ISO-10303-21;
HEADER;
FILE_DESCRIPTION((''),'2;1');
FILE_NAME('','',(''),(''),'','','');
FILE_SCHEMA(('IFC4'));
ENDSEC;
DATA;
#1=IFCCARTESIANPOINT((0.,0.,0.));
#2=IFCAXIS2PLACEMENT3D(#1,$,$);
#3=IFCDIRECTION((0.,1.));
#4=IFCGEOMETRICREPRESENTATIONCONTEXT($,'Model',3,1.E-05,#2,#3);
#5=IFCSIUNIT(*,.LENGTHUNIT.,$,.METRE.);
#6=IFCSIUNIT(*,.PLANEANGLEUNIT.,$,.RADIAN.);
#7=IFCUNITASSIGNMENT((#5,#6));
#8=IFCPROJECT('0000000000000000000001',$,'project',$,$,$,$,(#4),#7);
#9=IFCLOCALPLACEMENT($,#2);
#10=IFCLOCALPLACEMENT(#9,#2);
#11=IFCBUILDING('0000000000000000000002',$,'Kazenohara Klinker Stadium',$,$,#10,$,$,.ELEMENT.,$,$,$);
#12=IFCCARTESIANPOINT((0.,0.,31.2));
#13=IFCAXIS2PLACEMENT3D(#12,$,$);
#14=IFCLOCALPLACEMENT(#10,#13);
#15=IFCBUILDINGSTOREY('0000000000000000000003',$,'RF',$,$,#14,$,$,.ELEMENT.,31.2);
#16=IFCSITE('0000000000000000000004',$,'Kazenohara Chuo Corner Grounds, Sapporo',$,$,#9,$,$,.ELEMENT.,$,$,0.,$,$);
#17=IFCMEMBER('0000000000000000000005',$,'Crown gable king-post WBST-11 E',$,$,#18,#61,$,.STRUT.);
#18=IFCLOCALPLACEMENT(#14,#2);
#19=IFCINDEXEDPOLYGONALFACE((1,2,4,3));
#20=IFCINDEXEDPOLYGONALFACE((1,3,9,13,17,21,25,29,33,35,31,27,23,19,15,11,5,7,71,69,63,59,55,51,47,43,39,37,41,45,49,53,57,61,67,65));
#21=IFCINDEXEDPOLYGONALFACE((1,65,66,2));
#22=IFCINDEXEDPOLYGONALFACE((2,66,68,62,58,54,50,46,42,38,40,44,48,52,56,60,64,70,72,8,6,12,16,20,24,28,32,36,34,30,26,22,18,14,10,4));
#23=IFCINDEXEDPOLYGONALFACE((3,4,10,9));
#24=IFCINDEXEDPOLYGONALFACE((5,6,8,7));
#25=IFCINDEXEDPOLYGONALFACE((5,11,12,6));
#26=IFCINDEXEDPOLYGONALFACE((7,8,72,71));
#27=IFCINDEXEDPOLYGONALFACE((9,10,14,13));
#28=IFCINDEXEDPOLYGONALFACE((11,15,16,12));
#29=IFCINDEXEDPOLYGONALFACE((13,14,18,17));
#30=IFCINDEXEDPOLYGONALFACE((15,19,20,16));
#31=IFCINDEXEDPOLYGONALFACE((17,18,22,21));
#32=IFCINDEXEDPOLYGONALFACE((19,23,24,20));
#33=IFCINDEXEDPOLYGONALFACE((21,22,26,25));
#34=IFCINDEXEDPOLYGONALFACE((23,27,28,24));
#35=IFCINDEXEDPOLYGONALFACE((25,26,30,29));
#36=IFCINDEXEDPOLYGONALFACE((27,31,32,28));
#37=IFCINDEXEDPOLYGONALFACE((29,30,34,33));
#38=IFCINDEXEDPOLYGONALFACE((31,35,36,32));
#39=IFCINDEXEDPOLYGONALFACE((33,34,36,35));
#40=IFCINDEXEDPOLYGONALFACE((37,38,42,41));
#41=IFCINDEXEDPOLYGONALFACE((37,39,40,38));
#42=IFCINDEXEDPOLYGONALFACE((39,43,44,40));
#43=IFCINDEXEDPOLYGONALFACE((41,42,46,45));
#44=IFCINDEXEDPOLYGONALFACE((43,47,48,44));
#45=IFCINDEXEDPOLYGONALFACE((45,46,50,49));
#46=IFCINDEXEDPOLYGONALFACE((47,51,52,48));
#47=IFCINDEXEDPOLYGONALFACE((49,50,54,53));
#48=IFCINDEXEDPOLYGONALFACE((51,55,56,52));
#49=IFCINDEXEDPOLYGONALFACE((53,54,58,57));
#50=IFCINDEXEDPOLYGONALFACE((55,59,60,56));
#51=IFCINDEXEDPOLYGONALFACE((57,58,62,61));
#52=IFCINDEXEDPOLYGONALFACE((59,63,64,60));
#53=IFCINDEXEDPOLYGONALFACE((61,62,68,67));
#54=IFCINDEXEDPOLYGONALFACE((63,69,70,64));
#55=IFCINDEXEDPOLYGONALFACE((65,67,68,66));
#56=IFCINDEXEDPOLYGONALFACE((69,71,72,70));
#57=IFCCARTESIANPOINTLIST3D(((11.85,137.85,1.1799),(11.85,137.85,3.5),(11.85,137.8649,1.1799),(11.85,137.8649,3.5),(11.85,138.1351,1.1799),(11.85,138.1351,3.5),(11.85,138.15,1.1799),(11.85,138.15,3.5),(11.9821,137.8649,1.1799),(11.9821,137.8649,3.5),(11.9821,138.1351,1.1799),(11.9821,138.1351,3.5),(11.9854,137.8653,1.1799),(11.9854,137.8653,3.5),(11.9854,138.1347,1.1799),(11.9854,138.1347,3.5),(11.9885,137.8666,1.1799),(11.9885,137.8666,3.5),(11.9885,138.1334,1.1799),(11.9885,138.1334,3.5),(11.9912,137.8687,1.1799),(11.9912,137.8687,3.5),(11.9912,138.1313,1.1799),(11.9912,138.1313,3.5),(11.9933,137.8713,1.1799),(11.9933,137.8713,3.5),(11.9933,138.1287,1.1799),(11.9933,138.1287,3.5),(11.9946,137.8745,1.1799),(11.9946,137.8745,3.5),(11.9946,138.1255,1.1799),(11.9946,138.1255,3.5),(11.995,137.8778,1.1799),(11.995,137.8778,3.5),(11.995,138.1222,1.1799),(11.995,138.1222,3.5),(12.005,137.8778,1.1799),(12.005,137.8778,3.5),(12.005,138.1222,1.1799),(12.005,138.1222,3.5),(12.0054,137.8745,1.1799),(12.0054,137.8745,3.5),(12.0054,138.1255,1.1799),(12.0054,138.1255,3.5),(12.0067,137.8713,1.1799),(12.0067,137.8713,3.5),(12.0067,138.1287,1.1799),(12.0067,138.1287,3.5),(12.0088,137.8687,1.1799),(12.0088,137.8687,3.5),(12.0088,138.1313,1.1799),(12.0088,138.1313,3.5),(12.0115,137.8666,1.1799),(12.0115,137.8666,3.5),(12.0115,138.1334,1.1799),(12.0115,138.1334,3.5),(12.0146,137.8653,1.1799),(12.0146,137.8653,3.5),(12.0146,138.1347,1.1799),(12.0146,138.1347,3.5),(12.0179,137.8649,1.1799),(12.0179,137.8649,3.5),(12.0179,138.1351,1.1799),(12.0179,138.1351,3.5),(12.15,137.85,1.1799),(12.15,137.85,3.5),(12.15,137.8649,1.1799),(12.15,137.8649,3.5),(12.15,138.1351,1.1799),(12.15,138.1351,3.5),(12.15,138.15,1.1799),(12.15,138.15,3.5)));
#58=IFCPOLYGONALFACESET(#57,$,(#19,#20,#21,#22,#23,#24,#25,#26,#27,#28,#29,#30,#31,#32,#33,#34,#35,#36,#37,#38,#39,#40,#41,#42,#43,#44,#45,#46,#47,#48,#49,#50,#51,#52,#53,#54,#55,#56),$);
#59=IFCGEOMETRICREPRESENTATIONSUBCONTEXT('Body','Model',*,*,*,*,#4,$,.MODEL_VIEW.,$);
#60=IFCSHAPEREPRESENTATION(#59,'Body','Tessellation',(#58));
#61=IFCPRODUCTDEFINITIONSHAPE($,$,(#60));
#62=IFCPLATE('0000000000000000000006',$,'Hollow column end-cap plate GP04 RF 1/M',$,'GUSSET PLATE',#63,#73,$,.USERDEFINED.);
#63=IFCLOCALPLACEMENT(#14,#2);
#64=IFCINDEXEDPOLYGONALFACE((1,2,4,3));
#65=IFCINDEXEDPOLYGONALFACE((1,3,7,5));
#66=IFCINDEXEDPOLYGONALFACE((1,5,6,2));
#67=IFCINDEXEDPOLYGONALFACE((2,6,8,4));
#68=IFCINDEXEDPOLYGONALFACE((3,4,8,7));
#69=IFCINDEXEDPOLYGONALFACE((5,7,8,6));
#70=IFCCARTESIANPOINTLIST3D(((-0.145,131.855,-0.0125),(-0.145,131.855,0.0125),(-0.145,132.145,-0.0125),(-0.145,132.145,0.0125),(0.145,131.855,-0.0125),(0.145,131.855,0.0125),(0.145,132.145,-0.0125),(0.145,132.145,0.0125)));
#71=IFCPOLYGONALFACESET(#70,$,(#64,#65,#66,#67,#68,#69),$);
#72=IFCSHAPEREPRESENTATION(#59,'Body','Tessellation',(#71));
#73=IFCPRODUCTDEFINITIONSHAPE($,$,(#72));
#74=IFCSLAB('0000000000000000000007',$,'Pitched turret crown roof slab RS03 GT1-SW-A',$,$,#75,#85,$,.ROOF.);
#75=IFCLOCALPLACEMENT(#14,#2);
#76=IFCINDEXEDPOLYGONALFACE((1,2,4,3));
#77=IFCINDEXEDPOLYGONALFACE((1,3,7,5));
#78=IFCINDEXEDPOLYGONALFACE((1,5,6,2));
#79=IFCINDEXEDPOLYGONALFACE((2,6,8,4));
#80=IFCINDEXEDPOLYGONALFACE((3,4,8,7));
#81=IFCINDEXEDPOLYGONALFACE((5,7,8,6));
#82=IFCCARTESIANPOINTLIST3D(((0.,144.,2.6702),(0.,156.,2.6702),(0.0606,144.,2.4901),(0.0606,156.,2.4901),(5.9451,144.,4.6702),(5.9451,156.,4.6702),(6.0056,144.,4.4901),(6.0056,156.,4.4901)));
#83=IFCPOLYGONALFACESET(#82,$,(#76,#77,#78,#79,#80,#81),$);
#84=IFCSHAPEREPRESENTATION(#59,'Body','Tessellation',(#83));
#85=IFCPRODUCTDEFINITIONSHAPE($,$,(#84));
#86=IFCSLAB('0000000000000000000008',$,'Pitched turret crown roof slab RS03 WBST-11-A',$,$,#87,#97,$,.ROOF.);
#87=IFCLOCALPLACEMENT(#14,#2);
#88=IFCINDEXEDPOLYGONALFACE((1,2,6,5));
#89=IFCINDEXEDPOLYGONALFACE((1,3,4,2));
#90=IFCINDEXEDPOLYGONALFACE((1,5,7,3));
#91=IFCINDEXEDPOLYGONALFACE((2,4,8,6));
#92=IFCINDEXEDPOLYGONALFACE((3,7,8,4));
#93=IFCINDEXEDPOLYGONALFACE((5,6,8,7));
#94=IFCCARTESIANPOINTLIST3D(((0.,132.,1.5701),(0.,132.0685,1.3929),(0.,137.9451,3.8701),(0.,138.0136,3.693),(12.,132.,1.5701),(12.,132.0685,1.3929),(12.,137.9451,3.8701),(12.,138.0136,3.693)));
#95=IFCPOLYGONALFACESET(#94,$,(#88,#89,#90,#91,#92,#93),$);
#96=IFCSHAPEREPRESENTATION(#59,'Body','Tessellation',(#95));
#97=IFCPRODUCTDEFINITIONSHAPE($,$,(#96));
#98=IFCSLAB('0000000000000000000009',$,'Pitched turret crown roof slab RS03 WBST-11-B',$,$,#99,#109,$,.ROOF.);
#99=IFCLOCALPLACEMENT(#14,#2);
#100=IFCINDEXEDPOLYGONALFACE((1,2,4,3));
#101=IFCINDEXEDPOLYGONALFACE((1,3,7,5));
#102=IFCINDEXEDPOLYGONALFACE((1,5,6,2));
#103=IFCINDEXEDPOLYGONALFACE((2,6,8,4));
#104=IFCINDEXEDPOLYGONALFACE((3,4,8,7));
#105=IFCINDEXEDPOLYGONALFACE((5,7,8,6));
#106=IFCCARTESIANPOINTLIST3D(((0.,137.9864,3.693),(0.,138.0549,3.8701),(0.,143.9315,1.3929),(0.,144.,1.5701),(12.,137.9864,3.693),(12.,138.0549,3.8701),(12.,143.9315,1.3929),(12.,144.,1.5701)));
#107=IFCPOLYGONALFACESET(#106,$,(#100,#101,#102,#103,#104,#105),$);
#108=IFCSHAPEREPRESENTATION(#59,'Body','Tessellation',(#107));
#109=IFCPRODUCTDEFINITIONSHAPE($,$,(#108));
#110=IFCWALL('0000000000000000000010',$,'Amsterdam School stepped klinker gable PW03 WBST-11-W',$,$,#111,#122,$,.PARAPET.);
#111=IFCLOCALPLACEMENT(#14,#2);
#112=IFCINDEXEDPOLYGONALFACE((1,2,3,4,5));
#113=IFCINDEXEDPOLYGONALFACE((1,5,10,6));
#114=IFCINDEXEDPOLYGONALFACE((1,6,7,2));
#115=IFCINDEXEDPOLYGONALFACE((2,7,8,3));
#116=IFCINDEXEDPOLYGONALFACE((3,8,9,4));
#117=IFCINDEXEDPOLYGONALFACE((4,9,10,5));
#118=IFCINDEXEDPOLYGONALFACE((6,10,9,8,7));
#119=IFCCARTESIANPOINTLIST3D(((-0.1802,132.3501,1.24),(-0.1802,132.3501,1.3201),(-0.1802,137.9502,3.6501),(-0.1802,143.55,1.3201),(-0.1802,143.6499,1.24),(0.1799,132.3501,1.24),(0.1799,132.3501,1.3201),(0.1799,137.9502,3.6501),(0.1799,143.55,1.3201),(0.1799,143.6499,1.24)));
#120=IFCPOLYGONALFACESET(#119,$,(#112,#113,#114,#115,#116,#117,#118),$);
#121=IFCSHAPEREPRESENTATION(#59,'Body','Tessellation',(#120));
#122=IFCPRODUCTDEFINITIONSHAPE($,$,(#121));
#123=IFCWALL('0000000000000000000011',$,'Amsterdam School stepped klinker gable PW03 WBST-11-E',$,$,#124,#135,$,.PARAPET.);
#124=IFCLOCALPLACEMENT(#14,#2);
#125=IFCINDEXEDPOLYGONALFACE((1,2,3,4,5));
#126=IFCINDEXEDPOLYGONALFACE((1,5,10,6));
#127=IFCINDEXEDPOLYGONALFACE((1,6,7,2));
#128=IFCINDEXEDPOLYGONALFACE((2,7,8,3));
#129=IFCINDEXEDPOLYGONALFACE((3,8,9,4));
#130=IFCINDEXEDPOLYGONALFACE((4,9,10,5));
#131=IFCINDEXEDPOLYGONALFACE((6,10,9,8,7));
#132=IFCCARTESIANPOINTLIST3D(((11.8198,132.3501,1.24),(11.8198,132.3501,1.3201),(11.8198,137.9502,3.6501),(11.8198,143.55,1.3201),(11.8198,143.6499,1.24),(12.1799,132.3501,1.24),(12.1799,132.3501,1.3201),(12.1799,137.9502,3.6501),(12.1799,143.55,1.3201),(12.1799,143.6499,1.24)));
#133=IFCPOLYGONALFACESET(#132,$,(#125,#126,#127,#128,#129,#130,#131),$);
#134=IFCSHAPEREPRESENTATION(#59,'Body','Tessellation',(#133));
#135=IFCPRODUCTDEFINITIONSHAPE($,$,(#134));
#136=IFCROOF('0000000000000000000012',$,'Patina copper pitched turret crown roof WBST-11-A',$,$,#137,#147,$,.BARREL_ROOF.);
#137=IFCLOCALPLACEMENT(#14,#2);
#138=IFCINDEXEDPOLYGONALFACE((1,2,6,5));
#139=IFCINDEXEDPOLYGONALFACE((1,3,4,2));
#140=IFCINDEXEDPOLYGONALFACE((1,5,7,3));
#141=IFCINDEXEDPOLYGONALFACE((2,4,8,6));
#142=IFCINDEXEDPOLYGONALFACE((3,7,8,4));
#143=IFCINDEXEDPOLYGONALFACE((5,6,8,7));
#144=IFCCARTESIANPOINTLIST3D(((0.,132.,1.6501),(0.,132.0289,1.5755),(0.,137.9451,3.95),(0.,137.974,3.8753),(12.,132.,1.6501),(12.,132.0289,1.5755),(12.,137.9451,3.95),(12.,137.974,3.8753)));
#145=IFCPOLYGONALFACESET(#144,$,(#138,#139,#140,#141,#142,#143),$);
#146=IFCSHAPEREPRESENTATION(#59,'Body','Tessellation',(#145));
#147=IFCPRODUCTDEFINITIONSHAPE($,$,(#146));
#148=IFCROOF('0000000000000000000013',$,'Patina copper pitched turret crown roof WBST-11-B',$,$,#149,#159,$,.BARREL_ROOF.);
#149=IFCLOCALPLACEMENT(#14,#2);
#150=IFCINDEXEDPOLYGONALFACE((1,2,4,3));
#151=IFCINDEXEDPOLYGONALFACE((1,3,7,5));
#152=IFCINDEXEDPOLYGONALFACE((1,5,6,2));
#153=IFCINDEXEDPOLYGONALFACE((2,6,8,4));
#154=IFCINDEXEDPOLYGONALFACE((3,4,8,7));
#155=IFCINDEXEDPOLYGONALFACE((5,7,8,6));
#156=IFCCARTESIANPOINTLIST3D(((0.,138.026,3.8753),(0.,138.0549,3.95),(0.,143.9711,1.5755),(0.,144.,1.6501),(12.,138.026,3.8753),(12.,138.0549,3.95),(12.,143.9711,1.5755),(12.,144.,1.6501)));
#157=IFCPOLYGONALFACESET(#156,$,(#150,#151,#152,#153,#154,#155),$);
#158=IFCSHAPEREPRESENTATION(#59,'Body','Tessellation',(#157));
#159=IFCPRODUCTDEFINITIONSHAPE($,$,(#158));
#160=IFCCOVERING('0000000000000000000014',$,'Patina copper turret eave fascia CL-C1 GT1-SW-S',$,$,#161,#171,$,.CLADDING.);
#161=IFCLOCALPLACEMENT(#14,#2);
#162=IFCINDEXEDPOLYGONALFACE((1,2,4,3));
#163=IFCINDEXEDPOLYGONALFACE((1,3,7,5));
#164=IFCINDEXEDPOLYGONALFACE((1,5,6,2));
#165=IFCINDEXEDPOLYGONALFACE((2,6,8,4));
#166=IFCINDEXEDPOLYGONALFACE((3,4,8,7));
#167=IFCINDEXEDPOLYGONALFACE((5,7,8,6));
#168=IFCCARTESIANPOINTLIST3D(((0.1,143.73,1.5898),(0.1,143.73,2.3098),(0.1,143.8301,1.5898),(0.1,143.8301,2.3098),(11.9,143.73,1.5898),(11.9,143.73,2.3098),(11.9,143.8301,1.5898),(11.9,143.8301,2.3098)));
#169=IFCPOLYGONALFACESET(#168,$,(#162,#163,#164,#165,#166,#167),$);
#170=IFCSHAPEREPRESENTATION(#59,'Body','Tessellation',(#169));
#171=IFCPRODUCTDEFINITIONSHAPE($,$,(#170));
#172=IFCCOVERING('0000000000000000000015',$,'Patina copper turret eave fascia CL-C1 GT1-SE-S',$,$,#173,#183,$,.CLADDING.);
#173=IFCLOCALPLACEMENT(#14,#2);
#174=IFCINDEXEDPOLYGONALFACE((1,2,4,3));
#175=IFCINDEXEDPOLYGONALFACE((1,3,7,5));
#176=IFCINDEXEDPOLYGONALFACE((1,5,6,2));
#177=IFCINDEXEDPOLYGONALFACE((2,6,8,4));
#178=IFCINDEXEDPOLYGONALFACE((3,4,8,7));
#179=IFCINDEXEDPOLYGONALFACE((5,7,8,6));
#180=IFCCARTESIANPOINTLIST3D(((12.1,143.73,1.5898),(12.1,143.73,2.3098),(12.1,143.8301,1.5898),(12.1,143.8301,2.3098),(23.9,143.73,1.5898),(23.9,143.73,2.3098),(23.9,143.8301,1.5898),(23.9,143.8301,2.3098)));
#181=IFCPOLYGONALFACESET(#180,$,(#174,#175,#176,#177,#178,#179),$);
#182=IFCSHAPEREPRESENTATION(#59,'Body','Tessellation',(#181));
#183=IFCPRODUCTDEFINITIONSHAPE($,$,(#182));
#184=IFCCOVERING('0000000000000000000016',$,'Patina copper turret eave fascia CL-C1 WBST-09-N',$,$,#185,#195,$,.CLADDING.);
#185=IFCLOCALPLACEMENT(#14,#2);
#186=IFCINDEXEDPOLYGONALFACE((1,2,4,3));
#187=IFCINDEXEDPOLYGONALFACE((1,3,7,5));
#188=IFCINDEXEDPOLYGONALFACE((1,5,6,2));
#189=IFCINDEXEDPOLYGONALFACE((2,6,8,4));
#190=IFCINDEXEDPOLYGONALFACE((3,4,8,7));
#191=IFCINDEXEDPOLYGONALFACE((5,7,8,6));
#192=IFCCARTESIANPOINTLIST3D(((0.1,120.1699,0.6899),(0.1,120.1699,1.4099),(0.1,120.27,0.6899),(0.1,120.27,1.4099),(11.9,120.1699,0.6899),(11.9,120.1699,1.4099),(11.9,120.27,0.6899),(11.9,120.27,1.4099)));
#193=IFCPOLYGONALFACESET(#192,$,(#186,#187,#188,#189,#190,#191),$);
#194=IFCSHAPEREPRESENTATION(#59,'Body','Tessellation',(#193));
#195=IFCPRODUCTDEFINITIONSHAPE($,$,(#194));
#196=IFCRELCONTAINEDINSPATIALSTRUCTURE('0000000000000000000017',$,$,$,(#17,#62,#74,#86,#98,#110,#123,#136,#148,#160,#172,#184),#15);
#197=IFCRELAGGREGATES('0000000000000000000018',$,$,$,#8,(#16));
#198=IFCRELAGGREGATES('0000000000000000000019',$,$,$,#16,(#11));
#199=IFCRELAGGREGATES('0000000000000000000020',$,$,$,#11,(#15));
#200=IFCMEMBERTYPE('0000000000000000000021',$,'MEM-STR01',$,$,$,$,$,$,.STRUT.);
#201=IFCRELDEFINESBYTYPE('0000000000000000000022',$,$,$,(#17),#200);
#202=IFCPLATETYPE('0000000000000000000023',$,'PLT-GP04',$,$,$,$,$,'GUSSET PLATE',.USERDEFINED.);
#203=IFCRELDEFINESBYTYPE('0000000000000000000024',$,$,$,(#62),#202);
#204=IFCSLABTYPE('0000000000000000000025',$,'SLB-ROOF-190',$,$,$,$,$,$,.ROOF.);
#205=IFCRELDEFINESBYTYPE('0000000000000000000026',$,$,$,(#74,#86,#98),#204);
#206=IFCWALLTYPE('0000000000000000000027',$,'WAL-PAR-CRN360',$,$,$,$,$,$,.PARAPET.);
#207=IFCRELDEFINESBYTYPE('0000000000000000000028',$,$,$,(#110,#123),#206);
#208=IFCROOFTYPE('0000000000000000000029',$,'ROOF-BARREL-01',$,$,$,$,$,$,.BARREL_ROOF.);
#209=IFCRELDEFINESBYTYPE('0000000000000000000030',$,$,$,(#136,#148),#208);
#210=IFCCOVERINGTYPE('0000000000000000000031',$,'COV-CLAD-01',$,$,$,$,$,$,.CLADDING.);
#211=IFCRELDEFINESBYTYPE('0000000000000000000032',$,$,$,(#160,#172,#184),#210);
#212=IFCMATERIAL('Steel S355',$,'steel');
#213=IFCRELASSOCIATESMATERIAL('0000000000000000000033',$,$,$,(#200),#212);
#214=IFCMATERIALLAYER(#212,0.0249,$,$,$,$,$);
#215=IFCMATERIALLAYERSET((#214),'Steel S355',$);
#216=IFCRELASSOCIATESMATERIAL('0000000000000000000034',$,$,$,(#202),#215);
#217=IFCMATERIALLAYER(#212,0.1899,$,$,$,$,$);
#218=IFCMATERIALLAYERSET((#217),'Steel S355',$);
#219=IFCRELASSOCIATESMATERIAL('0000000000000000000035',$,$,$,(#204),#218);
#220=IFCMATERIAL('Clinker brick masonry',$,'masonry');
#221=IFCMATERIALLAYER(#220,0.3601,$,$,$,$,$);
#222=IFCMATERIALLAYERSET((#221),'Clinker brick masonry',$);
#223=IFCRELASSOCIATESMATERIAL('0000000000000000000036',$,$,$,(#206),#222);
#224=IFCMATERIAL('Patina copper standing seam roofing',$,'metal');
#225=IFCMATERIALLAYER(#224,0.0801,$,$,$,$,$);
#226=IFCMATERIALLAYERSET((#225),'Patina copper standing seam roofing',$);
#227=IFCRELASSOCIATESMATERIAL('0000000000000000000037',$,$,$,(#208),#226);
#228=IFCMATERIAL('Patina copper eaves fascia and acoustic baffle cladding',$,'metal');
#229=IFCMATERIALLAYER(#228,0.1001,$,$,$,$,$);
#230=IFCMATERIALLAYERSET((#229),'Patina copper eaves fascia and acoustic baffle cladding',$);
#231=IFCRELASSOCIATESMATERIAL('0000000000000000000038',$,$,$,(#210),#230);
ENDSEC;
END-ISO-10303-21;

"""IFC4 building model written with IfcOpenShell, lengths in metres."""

from ifc_helpers import new_model, si_unit, direction, frame, origin, origin_2d, place, context, subcontext, project, spatial, polyline, rectangle, i_section, outline, extrude, material, layer, layer_set, material_profile, profile_set, type_object, element, save


model = new_model("IFC4")

# Units and contexts
model_context = context("Model", 3, precision=1e-05, world=origin(), true_north=direction((0.0, 1.0)))
body_context = subcontext(model_context, "Body", "Model", "MODEL_VIEW")
ifc_project = project(units=[si_unit("LENGTHUNIT", "METRE"), si_unit("PLANEANGLEUNIT", "RADIAN")], contexts=[model_context])

# Site, building, storey
site_placement = place(None, origin())
site = spatial("IfcSite", under=ifc_project, at=site_placement, Name="Kazenohara Chuo Corner Grounds, Sapporo", CompositionType="ELEMENT", RefElevation=0.0)
building_placement = place(site_placement, origin())
building = spatial("IfcBuilding", under=site, at=building_placement, Name="Kazenohara Klinker Stadium", CompositionType="ELEMENT")
storey_placement = place(building_placement, frame((0.0, 0.0, 31.2)))
storey = spatial("IfcBuildingStorey", under=building, at=storey_placement, Name="RF", CompositionType="ELEMENT", Elevation=31.2)

# Member
ifc_material_1 = material(Name="Steel S355", Category="steel")
ifc_material_profile_1 = material_profile(ifc_material_1, i_section(OverallWidth=0.3, OverallDepth=0.3, WebThickness=0.01, FlangeThickness=0.0149, FilletRadius=0.0129, at=origin_2d()), Name="H-300x300x10x15")
ifc_profile_set_1 = profile_set([ifc_material_profile_1], Name="Steel S355")
member_type_1 = type_object("IfcMemberType", Name="MEM-STR01", PredefinedType="STRUT", material=ifc_profile_set_1)
for number, where, z_axis, x_axis, name in (
    (1, (12.0, 138.0, 1.1799), (0.0, 0.0, 1.0), (1.0, 0.0, 0.0), "Crown gable king-post WBST-11 E"),
):
    element("IfcMember", number, at=place(storey_placement, frame(where, z_axis=z_axis, x_axis=x_axis)), inside=storey, type_object=member_type_1, Name=name, PredefinedType="STRUT", context=body_context, shape_type="SweptSolid", body=[
        extrude(i_section(OverallWidth=0.3, OverallDepth=0.3, WebThickness=0.01, FlangeThickness=0.0149, FilletRadius=0.0129, at=origin_2d()), origin(), (0.0, 0.0, 1.0), 2.3201),
    ])

# Plate
ifc_layer_1 = layer(ifc_material_1, 0.0249)
ifc_layer_set_1 = layer_set([ifc_layer_1], Name="Steel S355")
plate_type = type_object("IfcPlateType", Name="PLT-GP04", ElementType="GUSSET PLATE", PredefinedType="USERDEFINED", material=ifc_layer_set_1)
plate_placement = place(storey_placement, frame((0.0, 132.0, -0.0125), z_axis=(0.0, 0.0, 1.0), x_axis=(1.0, 0.0, 0.0)))
element("IfcPlate", 2, at=plate_placement, inside=storey, type_object=plate_type, Name="Hollow column end-cap plate GP04 RF 1/M", ObjectType="GUSSET PLATE", PredefinedType="USERDEFINED", context=body_context, shape_type="SweptSolid", body=[
    extrude(rectangle(XDim=0.29, YDim=0.29, at=origin_2d()), origin(), (0.0, 0.0, 1.0), 0.0249),
])

# Slabs
ifc_layer_2 = layer(ifc_material_1, 0.1899)
ifc_layer_set_2 = layer_set([ifc_layer_2], Name="Steel S355")
slab_type = type_object("IfcSlabType", Name="SLB-ROOF-190", PredefinedType="ROOF", material=ifc_layer_set_2)
slab_placement = place(storey_placement, frame((0.0, 144.0, 2.6702), z_axis=(-0.318854, 0.0, 0.947804), x_axis=(0.947804, 0.0, 0.318854)))
element("IfcSlab", 3, at=slab_placement, inside=storey, type_object=slab_type, Name="Pitched turret crown roof slab RS03 GT1-SW-A", PredefinedType="ROOF", context=body_context, shape_type="SweptSolid", body=[
    extrude(outline(polyline([(0.0, 0.0), (6.2725, 0.0), (6.2725, 12.0), (0.0, 12.0), (0.0, 0.0)])), origin(), (0.0, 0.0, -1.0), 0.1899),
])
for number, where, z_axis, x_axis, name in (
    (4, (0.0, 132.0, 1.5701), (0.0, -0.360821, 0.932635), (1.0, 0.0, 0.0), "Pitched turret crown roof slab RS03 WBST-11-A"),
    (5, (0.0, 138.0549, 3.8701), (0.0, 0.360821, 0.932635), (1.0, 0.0, 0.0), "Pitched turret crown roof slab RS03 WBST-11-B"),
):
    element("IfcSlab", number, at=place(storey_placement, frame(where, z_axis=z_axis, x_axis=x_axis)), inside=storey, type_object=slab_type, Name=name, PredefinedType="ROOF", context=body_context, shape_type="SweptSolid", body=[
        extrude(outline(polyline([(0.0, 0.0), (12.0, 0.0), (12.0, 6.3745), (0.0, 6.3745), (0.0, 0.0)])), origin(), (0.0, 0.0, -1.0), 0.1899),
    ])

# Walls
ifc_material_2 = material(Name="Clinker brick masonry", Category="masonry")
ifc_layer_3 = layer(ifc_material_2, 0.3601)
ifc_layer_set_3 = layer_set([ifc_layer_3], Name="Clinker brick masonry")
wall_type = type_object("IfcWallType", Name="WAL-PAR-CRN360", PredefinedType="PARAPET", material=ifc_layer_set_3)
for number, where, z_axis, x_axis, name in (
    (6, (0.0, 132.3501, 1.24), (0.0, 0.0, 1.0), (0.0, 1.0, 0.0), "Amsterdam School stepped klinker gable PW03 WBST-11-W"),
    (7, (12.0, 132.3501, 1.24), (0.0, 0.0, 1.0), (0.0, 1.0, 0.0), "Amsterdam School stepped klinker gable PW03 WBST-11-E"),
):
    element("IfcWall", number, at=place(storey_placement, frame(where, z_axis=z_axis, x_axis=x_axis)), inside=storey, type_object=wall_type, Name=name, PredefinedType="PARAPET", context=body_context, shape_type="SweptSolid", body=[
        extrude(outline(polyline([(0.0, 0.0), (11.2998, 0.0), (11.2, 0.0801), (5.6001, 2.4102), (0.0, 0.0801), (0.0, 0.0)])), frame((0.0, 0.1802, 0.0), z_axis=(0.0, -1.0, 0.0), x_axis=(1.0, 0.0, 0.0)), (0.0, 0.0, 1.0), 0.3601),
    ])

# Roofs
ifc_material_3 = material(Name="Patina copper standing seam roofing", Category="metal")
ifc_layer_4 = layer(ifc_material_3, 0.0801)
ifc_layer_set_4 = layer_set([ifc_layer_4], Name="Patina copper standing seam roofing")
roof_type = type_object("IfcRoofType", Name="ROOF-BARREL-01", PredefinedType="BARREL_ROOF", material=ifc_layer_set_4)
for number, where, z_axis, x_axis, name in (
    (8, (0.0, 132.0, 1.6501), (0.0, -0.360788, 0.932648), (1.0, 0.0, 0.0), "Patina copper pitched turret crown roof WBST-11-A"),
    (9, (0.0, 138.0549, 3.95), (0.0, 0.360788, 0.932648), (1.0, 0.0, 0.0), "Patina copper pitched turret crown roof WBST-11-B"),
):
    element("IfcRoof", number, at=place(storey_placement, frame(where, z_axis=z_axis, x_axis=x_axis)), inside=storey, type_object=roof_type, Name=name, PredefinedType="BARREL_ROOF", context=body_context, shape_type="SweptSolid", body=[
        extrude(outline(polyline([(0.0, 0.0), (12.0, 0.0), (12.0, 6.3744), (0.0, 6.3744), (0.0, 0.0)])), origin(), (0.0, 0.0, -1.0), 0.0801),
    ])

# Coverings
ifc_material_4 = material(Name="Patina copper eaves fascia and acoustic baffle cladding", Category="metal")
ifc_layer_5 = layer(ifc_material_4, 0.1001)
ifc_layer_set_5 = layer_set([ifc_layer_5], Name="Patina copper eaves fascia and acoustic baffle cladding")
covering_type = type_object("IfcCoveringType", Name="COV-CLAD-01", PredefinedType="CLADDING", material=ifc_layer_set_5)
for number, where, z_axis, x_axis, name in (
    (10, (6.0, 143.78, 1.5898), (0.0, 0.0, 1.0), (1.0, 0.0, 0.0), "Patina copper turret eave fascia CL-C1 GT1-SW-S"),
    (11, (18.0, 143.78, 1.5898), (0.0, 0.0, 1.0), (1.0, 0.0, 0.0), "Patina copper turret eave fascia CL-C1 GT1-SE-S"),
    (12, (6.0, 120.22, 0.6899), (0.0, 0.0, 1.0), (1.0, 0.0, 0.0), "Patina copper turret eave fascia CL-C1 WBST-09-N"),
):
    element("IfcCovering", number, at=place(storey_placement, frame(where, z_axis=z_axis, x_axis=x_axis)), inside=storey, type_object=covering_type, Name=name, PredefinedType="CLADDING", context=body_context, shape_type="SweptSolid", body=[
        extrude(rectangle(XDim=11.8, YDim=0.1001, at=origin_2d()), origin(), (0.0, 0.0, 1.0), 0.72),
    ])

save(model, "model.ifc")
